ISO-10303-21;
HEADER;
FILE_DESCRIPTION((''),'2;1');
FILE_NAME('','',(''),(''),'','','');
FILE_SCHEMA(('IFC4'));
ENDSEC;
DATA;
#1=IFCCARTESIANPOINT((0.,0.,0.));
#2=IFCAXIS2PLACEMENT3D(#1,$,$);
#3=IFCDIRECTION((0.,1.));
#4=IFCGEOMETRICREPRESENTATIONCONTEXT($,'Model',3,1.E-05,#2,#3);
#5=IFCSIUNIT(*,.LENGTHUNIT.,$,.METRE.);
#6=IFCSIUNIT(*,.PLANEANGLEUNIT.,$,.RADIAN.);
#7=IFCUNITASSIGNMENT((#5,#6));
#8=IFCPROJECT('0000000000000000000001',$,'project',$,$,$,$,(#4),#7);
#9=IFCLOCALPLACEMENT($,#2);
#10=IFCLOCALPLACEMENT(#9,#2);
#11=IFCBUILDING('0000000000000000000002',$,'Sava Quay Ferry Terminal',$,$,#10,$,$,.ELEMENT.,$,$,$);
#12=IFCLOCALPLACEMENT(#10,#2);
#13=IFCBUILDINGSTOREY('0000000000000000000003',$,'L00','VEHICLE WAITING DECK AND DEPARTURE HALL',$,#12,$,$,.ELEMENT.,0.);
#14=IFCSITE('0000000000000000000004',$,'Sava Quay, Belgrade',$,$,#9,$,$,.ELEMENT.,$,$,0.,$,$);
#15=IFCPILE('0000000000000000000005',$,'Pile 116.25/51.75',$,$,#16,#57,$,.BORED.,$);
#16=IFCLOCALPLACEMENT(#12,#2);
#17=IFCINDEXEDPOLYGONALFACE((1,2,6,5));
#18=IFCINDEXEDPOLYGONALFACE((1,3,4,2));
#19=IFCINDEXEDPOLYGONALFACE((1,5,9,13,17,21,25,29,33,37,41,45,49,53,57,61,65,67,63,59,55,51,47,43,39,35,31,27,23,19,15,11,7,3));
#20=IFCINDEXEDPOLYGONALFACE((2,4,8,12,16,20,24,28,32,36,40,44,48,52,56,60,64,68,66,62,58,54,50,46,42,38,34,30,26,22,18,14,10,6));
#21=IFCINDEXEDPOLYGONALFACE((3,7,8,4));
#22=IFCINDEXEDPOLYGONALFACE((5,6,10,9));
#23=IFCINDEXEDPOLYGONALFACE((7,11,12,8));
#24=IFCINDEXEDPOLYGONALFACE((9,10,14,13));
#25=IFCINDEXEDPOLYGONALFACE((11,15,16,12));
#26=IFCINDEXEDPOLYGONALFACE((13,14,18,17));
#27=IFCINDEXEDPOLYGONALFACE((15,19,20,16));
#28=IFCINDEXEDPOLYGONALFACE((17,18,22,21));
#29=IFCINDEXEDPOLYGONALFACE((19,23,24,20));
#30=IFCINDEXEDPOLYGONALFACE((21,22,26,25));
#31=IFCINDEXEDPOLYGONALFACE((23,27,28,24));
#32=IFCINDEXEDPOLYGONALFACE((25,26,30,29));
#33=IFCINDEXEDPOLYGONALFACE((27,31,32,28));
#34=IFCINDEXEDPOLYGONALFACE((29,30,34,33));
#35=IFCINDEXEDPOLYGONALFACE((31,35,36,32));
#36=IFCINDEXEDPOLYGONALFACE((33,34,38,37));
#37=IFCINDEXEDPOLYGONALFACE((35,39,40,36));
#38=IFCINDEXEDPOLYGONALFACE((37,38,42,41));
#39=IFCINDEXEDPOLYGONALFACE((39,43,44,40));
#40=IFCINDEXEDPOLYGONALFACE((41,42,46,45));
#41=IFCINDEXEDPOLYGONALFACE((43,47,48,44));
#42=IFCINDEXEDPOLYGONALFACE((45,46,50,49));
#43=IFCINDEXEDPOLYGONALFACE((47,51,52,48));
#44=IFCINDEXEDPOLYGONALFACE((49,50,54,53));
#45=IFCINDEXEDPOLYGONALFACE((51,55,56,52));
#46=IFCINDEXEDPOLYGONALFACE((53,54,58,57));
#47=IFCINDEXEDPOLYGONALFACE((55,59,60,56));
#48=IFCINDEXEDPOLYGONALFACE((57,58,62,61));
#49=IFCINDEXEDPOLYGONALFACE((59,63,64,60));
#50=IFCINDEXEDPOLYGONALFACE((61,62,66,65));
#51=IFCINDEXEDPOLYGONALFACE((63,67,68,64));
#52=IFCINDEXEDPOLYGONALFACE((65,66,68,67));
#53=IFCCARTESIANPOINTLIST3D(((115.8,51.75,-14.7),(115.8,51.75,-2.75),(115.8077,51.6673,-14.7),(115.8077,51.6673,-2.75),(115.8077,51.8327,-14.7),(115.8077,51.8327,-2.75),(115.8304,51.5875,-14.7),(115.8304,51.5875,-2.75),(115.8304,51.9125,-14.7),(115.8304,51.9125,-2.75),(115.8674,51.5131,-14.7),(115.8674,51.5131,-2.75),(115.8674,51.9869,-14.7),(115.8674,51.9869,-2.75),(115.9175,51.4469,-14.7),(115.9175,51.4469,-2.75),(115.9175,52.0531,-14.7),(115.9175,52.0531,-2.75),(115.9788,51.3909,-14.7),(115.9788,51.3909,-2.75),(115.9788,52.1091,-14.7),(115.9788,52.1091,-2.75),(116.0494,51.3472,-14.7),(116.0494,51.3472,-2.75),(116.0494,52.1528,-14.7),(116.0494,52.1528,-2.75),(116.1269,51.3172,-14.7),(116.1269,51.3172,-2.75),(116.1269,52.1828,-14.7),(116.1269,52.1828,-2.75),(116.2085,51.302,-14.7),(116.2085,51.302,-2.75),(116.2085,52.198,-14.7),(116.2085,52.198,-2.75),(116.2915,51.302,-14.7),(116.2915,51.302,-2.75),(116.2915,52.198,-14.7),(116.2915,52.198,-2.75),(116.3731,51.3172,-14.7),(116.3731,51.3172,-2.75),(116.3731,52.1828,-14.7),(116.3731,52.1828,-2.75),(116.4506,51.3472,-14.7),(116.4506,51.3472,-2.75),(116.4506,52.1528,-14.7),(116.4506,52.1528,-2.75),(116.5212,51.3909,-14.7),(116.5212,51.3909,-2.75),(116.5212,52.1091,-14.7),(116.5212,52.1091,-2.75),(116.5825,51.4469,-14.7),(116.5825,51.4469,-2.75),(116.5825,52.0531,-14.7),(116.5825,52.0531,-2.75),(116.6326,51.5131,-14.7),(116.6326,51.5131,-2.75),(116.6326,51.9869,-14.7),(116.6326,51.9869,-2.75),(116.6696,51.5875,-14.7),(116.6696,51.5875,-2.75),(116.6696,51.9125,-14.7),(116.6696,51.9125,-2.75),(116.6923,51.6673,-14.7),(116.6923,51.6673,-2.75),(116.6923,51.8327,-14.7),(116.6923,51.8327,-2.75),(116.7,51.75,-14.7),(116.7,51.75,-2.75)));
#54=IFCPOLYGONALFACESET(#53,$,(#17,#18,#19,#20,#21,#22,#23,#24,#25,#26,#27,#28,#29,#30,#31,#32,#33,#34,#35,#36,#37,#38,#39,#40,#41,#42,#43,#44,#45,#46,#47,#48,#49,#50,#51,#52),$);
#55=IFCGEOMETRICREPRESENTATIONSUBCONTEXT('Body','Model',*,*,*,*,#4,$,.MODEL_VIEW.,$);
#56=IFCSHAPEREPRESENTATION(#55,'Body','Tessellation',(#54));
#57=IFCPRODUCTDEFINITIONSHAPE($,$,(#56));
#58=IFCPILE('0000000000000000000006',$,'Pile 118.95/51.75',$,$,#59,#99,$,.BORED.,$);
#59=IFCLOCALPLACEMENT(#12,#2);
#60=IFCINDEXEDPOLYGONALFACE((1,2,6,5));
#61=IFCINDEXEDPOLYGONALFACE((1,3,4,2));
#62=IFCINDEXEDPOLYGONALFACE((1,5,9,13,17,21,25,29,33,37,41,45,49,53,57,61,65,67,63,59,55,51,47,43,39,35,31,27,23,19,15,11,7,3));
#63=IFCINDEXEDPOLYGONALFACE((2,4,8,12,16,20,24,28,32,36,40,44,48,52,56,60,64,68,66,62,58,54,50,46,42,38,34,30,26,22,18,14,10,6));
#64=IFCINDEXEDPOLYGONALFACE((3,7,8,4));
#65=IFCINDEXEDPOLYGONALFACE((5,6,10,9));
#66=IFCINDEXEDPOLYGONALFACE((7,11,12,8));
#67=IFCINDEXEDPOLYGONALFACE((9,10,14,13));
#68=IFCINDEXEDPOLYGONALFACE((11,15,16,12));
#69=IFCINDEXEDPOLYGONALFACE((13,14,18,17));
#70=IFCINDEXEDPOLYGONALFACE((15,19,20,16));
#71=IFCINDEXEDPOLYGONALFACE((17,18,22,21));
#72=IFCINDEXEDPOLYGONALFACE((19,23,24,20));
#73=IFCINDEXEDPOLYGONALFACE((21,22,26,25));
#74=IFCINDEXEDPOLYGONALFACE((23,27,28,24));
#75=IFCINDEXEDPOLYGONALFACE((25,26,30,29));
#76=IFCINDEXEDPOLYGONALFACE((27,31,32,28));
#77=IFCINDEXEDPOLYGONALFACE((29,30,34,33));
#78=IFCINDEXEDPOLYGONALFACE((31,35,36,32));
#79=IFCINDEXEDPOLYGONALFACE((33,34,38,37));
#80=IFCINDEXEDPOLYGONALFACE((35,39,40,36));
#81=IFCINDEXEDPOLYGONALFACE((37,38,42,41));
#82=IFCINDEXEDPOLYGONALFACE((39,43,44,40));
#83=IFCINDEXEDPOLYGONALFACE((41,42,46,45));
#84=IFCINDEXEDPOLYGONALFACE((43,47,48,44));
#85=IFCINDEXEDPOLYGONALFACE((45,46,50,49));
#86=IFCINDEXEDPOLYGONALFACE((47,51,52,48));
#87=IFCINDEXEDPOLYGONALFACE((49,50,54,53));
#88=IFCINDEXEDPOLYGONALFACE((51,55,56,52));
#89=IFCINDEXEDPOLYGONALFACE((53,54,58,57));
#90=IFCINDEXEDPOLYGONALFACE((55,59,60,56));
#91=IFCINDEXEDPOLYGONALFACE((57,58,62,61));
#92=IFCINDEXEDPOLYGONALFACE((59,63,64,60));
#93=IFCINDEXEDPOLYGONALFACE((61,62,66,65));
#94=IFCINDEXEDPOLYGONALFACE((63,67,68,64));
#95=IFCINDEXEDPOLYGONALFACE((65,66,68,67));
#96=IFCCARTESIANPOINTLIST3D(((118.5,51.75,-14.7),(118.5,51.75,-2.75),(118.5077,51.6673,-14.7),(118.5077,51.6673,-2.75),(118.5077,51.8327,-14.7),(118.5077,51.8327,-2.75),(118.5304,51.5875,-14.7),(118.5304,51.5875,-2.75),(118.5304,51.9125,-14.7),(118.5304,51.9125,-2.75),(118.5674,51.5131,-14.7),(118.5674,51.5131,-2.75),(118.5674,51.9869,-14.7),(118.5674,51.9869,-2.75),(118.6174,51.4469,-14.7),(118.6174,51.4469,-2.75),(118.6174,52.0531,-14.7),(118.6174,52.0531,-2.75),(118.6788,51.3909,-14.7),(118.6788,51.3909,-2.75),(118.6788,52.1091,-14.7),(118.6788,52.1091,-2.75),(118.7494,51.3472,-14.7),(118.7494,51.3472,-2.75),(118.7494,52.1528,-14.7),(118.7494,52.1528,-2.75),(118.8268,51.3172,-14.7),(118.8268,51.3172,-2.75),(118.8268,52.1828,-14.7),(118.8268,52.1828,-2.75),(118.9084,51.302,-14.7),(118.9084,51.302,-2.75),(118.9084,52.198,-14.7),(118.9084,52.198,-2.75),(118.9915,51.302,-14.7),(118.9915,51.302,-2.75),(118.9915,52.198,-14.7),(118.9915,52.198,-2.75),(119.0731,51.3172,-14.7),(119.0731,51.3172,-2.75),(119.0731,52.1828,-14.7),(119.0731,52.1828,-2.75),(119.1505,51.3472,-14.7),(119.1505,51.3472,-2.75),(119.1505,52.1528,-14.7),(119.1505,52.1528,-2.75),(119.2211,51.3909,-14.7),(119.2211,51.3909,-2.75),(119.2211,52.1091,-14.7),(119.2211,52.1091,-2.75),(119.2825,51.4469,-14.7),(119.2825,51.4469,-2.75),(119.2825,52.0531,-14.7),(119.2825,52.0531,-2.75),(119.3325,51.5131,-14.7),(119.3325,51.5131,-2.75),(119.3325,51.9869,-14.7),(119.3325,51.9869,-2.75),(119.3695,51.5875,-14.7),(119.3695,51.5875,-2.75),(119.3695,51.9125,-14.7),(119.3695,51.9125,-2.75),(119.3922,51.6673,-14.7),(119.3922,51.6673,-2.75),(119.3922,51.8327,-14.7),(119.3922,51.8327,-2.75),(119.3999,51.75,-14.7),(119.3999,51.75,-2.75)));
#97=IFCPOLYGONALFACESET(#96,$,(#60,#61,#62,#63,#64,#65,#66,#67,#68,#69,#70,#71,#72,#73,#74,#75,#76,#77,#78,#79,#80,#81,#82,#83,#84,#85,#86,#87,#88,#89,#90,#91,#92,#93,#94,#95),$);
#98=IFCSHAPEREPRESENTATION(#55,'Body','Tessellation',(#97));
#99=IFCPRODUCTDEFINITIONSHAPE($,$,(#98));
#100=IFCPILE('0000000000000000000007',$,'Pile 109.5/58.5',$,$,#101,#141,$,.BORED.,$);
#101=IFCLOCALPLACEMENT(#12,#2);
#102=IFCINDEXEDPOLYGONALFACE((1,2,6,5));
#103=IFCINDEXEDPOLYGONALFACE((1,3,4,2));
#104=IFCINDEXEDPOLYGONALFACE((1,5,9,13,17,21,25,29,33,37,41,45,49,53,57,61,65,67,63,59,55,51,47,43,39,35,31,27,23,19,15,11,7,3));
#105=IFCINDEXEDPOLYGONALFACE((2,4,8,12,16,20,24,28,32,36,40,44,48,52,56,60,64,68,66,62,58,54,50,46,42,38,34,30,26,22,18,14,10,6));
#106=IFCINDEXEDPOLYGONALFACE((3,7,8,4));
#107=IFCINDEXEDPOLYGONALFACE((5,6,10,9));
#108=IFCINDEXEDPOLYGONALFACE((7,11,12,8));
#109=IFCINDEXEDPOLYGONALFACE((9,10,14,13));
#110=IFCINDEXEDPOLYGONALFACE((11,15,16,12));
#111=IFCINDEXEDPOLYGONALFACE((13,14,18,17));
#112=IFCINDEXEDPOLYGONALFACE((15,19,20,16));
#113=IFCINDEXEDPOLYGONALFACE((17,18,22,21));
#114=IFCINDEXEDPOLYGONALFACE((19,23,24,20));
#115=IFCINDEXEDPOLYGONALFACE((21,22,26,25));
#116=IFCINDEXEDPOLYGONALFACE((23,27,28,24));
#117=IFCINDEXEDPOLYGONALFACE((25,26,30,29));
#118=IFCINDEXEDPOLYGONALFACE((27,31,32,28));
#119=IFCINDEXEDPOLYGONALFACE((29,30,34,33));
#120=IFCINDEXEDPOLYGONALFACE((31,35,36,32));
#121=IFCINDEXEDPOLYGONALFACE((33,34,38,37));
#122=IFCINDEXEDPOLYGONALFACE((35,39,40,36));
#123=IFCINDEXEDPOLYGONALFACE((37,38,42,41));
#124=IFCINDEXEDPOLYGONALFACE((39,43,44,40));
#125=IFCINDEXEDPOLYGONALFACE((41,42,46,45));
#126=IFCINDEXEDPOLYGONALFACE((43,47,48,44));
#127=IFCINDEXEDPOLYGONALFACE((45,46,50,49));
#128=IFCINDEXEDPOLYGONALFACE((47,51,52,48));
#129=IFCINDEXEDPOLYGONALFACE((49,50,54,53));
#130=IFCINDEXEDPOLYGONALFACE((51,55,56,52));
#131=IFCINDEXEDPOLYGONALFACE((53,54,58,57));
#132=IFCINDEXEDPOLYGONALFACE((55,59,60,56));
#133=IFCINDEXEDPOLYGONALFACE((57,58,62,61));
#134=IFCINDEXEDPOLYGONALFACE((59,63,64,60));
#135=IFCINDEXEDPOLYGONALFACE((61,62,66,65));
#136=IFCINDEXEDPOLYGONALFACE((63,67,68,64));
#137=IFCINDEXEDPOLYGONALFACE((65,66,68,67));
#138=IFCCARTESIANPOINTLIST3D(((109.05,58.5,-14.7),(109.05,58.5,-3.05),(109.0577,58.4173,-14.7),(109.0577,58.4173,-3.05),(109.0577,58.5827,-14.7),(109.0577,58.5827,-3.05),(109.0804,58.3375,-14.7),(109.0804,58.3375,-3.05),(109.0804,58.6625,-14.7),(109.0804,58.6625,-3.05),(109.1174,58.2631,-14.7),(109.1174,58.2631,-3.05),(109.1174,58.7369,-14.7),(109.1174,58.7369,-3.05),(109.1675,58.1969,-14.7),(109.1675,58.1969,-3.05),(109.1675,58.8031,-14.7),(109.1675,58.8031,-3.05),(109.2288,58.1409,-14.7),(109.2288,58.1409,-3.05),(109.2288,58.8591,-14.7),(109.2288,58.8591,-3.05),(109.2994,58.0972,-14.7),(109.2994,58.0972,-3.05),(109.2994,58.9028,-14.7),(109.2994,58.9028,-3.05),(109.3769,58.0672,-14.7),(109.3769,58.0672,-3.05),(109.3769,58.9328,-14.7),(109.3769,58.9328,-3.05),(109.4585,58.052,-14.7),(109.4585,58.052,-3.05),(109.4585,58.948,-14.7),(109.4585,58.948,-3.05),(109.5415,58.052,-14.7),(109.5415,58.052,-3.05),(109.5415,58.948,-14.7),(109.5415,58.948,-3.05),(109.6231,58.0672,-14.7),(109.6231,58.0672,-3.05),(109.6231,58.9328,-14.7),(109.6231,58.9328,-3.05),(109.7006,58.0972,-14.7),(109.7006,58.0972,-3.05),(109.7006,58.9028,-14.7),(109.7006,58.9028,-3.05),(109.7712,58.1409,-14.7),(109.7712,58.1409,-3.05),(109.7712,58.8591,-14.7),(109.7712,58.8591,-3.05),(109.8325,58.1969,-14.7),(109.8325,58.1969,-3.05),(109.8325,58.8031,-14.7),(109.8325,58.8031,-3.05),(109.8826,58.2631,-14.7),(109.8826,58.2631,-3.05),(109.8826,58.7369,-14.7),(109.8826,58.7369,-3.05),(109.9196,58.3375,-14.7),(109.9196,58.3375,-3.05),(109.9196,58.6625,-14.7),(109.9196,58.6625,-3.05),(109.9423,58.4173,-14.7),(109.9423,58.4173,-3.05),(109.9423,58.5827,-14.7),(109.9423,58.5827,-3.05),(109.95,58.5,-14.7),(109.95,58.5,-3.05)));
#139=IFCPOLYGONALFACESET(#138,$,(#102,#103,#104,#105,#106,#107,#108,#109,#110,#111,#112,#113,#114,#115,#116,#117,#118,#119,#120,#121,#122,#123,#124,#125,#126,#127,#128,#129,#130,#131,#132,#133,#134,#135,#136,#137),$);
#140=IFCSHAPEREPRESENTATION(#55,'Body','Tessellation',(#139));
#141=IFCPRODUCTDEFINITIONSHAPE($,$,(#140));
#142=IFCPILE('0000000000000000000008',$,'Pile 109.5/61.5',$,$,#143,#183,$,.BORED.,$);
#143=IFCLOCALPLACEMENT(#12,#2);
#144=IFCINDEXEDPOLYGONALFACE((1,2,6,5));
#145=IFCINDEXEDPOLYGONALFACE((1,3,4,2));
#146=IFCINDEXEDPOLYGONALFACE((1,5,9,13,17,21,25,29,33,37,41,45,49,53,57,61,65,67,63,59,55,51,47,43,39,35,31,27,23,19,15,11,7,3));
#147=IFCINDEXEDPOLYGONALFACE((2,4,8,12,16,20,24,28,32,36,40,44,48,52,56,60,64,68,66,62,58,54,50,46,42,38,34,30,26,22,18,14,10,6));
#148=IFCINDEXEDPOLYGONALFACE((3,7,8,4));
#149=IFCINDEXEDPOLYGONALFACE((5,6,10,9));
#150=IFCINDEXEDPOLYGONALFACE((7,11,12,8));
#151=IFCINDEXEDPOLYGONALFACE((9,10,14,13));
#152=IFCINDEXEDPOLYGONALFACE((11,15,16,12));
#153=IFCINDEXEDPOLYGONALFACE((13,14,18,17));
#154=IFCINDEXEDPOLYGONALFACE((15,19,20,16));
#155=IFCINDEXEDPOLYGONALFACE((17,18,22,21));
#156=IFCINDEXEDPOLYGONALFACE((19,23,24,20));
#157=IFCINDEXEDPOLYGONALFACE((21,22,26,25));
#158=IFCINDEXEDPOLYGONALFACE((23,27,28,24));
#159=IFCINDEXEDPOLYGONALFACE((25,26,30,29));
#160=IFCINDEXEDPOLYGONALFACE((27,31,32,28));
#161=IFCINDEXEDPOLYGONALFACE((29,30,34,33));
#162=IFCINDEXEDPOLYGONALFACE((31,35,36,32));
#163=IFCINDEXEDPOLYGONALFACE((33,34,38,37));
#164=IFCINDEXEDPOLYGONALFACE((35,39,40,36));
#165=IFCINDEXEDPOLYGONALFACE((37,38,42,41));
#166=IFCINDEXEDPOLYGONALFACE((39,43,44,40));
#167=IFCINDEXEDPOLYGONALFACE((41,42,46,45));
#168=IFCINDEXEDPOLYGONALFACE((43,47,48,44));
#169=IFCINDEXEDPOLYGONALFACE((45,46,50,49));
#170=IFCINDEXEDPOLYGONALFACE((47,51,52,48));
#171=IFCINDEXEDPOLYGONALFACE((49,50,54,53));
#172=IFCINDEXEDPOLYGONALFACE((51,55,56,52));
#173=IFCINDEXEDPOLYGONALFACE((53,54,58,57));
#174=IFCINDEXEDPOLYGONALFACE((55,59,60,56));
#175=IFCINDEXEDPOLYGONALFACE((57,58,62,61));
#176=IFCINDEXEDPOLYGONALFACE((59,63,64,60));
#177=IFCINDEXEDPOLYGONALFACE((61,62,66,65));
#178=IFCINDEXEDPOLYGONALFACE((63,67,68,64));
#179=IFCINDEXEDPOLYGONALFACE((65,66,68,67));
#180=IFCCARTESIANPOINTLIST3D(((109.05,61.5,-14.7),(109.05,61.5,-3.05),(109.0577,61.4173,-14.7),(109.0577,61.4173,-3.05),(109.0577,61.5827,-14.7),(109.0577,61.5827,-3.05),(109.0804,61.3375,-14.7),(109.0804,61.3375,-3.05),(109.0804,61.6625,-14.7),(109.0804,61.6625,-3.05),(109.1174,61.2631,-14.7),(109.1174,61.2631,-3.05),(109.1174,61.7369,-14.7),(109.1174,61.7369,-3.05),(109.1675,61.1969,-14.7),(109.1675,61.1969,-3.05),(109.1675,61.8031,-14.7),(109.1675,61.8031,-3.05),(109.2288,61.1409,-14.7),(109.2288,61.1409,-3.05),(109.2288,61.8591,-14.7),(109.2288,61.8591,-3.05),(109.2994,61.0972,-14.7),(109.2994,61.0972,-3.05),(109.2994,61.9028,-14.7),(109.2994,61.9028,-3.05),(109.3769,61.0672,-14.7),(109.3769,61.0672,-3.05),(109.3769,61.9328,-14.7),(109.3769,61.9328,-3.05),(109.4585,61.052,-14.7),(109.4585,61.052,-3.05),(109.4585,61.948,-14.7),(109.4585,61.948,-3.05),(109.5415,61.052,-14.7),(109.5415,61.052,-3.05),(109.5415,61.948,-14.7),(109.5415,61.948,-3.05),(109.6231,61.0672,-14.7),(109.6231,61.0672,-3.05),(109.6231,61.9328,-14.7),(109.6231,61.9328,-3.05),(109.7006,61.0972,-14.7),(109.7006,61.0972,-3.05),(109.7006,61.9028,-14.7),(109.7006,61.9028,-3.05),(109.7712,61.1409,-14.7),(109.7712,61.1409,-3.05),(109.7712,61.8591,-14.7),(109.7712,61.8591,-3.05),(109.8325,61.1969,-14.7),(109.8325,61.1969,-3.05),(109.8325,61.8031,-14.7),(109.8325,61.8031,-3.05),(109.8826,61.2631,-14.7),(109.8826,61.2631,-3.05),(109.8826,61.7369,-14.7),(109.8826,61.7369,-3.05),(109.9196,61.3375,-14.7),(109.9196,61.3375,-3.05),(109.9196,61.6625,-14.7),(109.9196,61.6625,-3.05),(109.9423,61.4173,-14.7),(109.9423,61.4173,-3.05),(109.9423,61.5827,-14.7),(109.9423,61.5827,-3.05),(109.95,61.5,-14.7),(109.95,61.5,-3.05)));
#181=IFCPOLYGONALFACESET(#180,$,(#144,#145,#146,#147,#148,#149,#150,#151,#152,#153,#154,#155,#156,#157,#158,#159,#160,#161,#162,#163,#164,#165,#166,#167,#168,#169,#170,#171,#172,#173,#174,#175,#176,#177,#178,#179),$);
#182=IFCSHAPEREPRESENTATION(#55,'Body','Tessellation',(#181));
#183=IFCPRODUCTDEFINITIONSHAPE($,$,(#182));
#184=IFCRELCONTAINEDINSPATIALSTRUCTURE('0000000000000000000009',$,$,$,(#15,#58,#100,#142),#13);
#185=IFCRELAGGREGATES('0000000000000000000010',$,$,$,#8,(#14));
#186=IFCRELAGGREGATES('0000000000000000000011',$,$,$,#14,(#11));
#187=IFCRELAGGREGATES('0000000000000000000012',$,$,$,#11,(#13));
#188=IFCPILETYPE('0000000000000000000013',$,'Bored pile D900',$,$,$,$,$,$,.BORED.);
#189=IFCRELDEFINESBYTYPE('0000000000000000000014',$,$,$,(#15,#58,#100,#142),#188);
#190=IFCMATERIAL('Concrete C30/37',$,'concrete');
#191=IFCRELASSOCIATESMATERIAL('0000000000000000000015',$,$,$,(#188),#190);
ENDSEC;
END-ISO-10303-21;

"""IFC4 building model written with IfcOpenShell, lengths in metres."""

from ifc_helpers import new_model, si_unit, direction, frame, origin, origin_2d, place, context, subcontext, project, spatial, circle, extrude, material, material_profile, profile_set, type_object, element, save


model = new_model("IFC4")

# Units and contexts
model_context = context("Model", 3, precision=1e-05, world=origin(), true_north=direction((0.0, 1.0)))
body_context = subcontext(model_context, "Body", "Model", "MODEL_VIEW")
ifc_project = project(units=[si_unit("LENGTHUNIT", "METRE"), si_unit("PLANEANGLEUNIT", "RADIAN")], contexts=[model_context])

# Site, building, storey
site_placement = place(None, origin())
site = spatial("IfcSite", under=ifc_project, at=site_placement, Name="Sava Quay, Belgrade", CompositionType="ELEMENT", RefElevation=0.0)
building_placement = place(site_placement, origin())
building = spatial("IfcBuilding", under=site, at=building_placement, Name="Sava Quay Ferry Terminal", CompositionType="ELEMENT")
storey_placement = place(building_placement, origin())
storey = spatial("IfcBuildingStorey", under=building, at=storey_placement, Name="L00", Description="VEHICLE WAITING DECK AND DEPARTURE HALL", CompositionType="ELEMENT", Elevation=0.0)

# Piles
ifc_material_1 = material(Name="Concrete C30/37", Category="concrete")
ifc_material_profile_1 = material_profile(ifc_material_1, circle(Radius=0.45, at=origin_2d()), Name="Bored pile D900")
ifc_profile_set_1 = profile_set([ifc_material_profile_1], Name="Concrete C30/37")
pile_type = type_object("IfcPileType", Name="Bored pile D900", PredefinedType="BORED", material=ifc_profile_set_1)
for number, where, z_axis, x_axis, name in (
    (1, (116.25, 51.75, -2.75), (0.0, 0.0, -1.0), (1.0, 0.0, 0.0), "Pile 116.25/51.75"),
    (2, (118.95, 51.75, -2.75), (0.0, 0.0, -1.0), (1.0, 0.0, 0.0), "Pile 118.95/51.75"),
):
    element("IfcPile", number, at=place(storey_placement, frame(where, z_axis=z_axis, x_axis=x_axis)), inside=storey, type_object=pile_type, Name=name, PredefinedType="BORED", context=body_context, shape_type="SweptSolid", body=[
        extrude(circle(Radius=0.45, at=origin_2d()), origin(), (0.0, 0.0, 1.0), 11.95),
    ])
for number, where, z_axis, x_axis, name in (
    (3, (109.5, 58.5, -3.05), (0.0, 0.0, -1.0), (1.0, 0.0, 0.0), "Pile 109.5/58.5"),
    (4, (109.5, 61.5, -3.05), (0.0, 0.0, -1.0), (1.0, 0.0, 0.0), "Pile 109.5/61.5"),
):
    element("IfcPile", number, at=place(storey_placement, frame(where, z_axis=z_axis, x_axis=x_axis)), inside=storey, type_object=pile_type, Name=name, PredefinedType="BORED", context=body_context, shape_type="SweptSolid", body=[
        extrude(circle(Radius=0.45, at=origin_2d()), origin(), (0.0, 0.0, 1.0), 11.6499),
    ])

save(model, "model.ifc")
